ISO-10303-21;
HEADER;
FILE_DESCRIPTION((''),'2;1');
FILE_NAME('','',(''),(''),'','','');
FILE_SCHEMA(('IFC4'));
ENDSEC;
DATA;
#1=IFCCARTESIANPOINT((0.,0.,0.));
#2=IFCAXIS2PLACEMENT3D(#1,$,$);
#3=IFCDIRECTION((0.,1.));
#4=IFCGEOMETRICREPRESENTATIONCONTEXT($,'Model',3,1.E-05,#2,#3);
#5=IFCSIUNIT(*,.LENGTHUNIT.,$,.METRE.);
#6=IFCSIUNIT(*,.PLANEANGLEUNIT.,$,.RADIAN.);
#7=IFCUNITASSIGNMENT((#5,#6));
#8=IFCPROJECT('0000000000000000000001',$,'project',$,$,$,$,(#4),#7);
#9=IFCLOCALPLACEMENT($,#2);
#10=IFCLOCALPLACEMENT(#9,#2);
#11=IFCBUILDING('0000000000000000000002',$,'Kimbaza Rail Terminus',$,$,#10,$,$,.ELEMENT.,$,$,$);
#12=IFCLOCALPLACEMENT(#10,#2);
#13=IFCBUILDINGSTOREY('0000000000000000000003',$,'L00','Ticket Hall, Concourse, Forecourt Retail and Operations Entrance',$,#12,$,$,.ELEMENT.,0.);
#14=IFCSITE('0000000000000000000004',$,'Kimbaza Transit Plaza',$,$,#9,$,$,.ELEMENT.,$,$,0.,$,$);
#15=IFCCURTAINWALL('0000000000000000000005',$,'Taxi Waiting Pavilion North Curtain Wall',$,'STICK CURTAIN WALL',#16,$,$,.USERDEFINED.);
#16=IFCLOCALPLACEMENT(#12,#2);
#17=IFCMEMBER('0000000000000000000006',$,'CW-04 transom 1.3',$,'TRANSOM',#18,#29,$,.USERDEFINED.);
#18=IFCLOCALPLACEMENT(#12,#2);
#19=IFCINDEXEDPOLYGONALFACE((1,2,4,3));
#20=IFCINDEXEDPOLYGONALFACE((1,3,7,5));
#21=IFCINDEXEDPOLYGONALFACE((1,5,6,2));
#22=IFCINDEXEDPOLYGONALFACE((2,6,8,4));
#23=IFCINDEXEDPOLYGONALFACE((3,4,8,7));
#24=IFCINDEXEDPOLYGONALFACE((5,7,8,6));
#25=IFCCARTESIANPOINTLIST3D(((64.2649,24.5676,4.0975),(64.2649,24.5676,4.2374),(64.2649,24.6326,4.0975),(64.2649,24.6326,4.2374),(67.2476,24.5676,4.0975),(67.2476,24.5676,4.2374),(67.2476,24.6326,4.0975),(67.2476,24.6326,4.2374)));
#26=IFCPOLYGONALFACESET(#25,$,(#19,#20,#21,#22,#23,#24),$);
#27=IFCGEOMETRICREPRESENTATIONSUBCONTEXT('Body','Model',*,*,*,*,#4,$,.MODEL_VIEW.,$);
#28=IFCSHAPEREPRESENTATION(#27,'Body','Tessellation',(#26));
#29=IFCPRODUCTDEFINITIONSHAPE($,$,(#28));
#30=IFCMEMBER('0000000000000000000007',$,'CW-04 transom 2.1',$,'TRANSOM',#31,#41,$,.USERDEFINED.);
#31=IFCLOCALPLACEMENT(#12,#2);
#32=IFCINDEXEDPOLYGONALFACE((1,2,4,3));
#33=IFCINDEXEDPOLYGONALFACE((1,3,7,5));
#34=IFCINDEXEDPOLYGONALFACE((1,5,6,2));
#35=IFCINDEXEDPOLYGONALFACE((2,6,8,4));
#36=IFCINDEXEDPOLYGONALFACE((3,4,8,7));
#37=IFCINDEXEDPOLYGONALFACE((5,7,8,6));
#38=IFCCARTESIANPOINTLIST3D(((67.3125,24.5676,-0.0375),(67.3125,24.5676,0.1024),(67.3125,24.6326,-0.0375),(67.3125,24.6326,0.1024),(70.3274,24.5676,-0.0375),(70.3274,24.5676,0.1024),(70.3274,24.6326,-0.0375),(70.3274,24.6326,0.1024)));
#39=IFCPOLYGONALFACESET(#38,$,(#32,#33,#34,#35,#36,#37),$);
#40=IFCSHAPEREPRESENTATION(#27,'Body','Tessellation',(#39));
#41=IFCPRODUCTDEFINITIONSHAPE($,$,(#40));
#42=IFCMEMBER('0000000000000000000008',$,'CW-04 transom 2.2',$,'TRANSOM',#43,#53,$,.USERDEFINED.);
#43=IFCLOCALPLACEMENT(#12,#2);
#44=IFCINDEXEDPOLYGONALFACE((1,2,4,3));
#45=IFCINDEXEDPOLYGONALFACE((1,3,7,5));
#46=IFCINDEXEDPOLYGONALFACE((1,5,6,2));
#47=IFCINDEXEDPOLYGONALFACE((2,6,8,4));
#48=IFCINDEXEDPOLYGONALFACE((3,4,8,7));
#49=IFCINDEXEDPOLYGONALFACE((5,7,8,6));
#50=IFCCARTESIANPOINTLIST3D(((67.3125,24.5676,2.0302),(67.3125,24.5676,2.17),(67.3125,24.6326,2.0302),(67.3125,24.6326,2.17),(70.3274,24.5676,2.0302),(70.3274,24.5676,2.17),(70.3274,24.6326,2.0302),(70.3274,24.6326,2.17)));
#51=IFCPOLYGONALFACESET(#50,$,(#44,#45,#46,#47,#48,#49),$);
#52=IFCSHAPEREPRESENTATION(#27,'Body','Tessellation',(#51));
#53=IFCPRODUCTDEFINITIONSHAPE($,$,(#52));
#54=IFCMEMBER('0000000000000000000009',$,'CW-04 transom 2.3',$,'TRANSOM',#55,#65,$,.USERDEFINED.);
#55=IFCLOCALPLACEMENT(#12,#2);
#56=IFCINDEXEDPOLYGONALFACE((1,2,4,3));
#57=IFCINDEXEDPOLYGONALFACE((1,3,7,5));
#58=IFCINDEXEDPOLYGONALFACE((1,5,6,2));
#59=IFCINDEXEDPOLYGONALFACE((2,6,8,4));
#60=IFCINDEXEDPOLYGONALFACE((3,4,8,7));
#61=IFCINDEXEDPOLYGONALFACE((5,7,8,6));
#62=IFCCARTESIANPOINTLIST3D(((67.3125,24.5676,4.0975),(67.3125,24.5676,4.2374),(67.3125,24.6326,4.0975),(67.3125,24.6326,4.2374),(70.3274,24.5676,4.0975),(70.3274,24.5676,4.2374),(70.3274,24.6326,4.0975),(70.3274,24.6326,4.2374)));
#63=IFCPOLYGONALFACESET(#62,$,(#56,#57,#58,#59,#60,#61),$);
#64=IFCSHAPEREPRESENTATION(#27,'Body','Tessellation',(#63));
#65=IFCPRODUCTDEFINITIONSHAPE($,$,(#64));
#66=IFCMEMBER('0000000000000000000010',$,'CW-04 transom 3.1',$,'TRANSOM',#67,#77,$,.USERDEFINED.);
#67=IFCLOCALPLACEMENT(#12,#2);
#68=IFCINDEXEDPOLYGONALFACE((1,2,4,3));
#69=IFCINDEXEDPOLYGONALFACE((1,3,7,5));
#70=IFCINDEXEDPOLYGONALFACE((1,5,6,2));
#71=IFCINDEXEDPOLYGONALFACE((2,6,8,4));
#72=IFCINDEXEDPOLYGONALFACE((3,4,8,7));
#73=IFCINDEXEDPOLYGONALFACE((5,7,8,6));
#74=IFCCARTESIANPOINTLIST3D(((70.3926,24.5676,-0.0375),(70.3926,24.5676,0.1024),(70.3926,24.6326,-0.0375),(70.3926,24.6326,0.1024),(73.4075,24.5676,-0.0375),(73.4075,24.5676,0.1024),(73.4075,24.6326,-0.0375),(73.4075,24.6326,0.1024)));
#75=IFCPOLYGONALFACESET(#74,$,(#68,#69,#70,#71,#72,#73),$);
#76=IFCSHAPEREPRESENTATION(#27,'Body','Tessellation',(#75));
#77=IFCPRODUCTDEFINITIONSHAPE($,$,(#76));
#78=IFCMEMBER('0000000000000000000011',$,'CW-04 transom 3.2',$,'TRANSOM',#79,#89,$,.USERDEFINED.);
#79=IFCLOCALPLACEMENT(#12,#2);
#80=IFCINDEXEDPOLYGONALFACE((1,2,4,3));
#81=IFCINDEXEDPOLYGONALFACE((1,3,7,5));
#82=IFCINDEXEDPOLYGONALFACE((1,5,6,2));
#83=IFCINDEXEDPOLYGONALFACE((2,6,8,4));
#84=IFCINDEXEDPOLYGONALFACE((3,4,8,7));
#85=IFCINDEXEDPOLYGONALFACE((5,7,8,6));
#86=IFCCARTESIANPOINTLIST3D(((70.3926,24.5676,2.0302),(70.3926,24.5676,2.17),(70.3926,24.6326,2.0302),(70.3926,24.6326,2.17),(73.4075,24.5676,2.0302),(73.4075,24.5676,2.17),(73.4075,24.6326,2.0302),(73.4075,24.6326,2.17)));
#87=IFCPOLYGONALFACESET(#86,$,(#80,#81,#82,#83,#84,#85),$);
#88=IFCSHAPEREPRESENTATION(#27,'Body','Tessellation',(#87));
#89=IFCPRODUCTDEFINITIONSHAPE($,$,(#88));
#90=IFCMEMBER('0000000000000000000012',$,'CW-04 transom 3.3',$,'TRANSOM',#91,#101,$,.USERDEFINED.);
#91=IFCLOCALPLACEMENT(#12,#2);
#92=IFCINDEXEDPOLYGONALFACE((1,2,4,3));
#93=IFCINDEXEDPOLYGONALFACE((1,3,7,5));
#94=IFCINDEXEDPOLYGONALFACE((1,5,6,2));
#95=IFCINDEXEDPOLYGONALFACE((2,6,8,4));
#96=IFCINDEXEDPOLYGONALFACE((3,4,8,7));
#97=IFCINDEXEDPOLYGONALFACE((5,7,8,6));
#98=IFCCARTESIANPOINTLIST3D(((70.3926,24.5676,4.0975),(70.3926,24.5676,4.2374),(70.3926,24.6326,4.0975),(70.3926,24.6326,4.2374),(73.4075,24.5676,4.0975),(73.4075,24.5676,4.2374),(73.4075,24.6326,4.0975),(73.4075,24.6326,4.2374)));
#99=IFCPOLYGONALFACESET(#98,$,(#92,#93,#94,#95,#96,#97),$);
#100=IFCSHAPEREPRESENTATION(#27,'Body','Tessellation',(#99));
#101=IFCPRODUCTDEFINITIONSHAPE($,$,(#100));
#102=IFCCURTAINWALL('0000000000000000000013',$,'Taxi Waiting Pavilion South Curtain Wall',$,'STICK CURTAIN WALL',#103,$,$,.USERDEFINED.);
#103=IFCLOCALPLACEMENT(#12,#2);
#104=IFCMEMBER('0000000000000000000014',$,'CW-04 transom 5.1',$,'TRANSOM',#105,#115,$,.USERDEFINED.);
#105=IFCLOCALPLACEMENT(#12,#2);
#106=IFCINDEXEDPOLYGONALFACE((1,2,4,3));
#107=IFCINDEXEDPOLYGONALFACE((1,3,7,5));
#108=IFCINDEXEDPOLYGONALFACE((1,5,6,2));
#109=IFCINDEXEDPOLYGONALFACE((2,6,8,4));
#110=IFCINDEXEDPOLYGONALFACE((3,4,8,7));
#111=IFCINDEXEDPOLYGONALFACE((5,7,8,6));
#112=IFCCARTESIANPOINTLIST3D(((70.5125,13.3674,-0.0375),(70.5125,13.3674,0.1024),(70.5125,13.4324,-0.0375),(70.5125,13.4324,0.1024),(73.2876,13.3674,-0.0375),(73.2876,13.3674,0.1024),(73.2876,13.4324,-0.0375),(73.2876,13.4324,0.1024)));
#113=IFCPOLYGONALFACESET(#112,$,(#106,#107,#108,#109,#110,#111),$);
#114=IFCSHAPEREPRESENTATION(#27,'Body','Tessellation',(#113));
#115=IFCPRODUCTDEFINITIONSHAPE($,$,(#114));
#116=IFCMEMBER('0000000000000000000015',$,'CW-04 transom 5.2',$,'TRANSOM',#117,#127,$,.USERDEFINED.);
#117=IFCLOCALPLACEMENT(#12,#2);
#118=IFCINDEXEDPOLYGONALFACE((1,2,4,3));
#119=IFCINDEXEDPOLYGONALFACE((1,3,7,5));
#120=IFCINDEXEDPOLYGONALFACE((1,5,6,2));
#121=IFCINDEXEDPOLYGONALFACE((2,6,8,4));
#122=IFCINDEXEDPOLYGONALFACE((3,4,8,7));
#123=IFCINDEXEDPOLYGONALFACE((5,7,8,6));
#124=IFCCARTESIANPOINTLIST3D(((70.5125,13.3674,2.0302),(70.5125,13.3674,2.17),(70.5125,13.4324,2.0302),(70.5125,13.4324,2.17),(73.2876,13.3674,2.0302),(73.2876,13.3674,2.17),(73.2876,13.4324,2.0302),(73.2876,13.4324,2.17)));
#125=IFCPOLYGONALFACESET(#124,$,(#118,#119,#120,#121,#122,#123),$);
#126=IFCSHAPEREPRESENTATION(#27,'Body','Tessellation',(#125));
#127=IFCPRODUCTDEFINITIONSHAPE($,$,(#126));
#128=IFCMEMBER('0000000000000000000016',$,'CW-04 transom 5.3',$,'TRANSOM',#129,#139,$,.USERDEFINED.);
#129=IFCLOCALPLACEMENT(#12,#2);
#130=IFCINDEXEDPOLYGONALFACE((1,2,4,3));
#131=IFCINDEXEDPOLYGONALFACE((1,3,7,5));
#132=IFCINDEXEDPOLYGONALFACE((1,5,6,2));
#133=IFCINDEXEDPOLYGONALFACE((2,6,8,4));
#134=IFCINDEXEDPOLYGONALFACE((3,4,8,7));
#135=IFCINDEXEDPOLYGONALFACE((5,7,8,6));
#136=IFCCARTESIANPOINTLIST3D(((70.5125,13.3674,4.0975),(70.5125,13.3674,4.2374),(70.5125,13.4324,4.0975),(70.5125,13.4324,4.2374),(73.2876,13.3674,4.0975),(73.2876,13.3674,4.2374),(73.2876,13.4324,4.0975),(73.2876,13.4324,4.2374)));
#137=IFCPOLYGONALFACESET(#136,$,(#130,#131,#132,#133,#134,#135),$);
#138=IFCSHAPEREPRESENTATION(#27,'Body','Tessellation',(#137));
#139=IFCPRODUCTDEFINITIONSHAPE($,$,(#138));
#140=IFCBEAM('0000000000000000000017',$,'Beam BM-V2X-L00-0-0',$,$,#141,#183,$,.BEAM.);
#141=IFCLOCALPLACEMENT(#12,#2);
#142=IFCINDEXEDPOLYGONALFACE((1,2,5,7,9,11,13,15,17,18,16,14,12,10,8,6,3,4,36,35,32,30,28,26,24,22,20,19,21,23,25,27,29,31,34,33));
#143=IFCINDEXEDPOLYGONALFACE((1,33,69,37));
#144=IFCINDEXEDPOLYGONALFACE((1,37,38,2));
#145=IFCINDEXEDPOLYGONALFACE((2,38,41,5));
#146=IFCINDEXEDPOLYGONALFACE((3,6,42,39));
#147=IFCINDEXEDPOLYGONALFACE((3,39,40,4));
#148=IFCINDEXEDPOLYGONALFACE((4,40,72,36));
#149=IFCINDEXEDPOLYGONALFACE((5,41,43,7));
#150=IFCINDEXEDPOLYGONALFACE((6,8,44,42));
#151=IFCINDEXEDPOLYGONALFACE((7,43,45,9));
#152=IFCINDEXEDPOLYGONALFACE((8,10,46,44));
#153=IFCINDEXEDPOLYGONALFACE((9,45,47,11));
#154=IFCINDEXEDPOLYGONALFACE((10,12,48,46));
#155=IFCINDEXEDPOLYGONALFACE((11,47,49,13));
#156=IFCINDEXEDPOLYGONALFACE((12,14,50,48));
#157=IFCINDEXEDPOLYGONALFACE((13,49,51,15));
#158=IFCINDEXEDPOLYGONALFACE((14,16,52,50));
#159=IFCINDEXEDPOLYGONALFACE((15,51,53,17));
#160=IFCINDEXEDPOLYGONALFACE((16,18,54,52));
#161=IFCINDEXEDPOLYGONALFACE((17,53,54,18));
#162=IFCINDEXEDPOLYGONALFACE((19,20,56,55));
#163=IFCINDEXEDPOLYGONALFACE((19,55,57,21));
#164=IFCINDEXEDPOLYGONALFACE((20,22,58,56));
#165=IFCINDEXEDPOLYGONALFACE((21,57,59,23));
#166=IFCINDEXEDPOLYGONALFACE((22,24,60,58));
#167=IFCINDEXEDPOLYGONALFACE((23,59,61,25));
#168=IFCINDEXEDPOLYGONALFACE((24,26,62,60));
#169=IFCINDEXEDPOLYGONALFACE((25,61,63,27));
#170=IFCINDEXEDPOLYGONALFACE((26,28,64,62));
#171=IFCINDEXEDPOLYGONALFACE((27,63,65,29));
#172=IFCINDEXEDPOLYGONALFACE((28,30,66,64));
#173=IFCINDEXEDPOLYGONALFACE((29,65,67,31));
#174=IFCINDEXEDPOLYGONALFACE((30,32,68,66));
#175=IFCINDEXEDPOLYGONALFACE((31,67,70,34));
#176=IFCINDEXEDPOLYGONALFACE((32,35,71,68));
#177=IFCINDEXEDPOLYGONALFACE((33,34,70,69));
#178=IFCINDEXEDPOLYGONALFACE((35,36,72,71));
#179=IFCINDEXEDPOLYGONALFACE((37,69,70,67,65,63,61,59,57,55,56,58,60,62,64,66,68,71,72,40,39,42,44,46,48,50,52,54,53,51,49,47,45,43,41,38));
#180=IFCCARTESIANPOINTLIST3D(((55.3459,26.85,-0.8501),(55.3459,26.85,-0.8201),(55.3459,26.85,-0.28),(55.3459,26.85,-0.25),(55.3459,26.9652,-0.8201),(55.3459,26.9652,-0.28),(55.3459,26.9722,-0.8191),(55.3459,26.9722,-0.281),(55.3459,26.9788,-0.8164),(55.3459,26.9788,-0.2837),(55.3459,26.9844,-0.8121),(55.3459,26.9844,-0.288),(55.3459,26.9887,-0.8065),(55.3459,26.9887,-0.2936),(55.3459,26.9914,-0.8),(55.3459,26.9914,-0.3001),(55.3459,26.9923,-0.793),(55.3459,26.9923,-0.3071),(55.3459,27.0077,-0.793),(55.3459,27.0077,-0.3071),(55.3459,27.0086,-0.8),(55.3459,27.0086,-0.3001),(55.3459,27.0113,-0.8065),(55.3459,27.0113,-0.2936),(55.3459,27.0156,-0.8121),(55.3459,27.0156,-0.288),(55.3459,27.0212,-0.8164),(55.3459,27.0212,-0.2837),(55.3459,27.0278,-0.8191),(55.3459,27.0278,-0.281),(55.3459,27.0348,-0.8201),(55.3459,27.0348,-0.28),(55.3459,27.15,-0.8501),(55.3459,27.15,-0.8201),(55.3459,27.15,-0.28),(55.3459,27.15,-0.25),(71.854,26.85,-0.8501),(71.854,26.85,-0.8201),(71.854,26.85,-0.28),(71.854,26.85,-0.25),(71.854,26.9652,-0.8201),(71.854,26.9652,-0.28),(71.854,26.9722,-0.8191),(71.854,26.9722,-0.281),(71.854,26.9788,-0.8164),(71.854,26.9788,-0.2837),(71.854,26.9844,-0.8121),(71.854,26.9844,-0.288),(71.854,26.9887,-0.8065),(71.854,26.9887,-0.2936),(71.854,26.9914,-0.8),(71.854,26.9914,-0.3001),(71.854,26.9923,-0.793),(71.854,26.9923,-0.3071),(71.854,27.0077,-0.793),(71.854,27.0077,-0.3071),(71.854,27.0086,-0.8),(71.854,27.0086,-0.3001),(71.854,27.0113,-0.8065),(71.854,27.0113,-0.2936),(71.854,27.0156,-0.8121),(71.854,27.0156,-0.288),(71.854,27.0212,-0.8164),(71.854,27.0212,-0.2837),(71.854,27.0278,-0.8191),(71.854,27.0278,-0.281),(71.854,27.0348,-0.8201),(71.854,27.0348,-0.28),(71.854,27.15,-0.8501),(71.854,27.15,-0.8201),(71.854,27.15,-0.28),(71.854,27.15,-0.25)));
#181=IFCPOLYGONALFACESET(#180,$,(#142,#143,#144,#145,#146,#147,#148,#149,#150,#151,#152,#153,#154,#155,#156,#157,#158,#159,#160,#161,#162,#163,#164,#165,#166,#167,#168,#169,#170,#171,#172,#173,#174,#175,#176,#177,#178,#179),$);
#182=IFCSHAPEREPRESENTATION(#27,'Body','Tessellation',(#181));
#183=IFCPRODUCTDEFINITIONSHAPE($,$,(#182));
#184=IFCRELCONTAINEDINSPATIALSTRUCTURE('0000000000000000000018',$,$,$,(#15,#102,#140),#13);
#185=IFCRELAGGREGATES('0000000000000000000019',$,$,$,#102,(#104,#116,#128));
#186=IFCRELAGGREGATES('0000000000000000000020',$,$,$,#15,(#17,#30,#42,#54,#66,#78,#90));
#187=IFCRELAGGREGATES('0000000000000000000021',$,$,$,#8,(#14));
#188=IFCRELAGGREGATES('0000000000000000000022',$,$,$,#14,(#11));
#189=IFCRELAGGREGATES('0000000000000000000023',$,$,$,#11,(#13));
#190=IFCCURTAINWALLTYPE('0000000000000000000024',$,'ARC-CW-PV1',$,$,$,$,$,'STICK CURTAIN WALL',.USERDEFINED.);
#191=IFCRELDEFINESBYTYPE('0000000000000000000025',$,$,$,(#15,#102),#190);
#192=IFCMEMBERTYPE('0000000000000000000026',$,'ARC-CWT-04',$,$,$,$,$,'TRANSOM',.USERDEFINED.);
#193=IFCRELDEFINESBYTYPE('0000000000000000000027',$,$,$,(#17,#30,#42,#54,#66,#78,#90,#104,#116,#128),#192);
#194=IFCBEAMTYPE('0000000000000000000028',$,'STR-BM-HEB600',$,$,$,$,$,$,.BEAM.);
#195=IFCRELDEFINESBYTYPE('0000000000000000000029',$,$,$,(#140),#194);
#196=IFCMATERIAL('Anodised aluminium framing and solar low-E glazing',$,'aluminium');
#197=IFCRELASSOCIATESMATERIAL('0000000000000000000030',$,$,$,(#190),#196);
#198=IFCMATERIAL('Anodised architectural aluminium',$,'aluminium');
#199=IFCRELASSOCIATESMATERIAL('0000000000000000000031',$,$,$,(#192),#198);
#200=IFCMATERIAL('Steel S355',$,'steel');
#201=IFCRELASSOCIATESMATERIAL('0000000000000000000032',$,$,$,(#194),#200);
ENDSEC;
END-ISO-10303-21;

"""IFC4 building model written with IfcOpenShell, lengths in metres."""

from ifc_helpers import new_model, si_unit, direction, frame, origin, origin_2d, place, context, subcontext, project, spatial, rectangle, i_section, extrude, material, material_profile, profile_set, type_object, element, aggregate, save


model = new_model("IFC4")

# Units and contexts
model_context = context("Model", 3, precision=1e-05, world=origin(), true_north=direction((0.0, 1.0)))
body_context = subcontext(model_context, "Body", "Model", "MODEL_VIEW")
ifc_project = project(units=[si_unit("LENGTHUNIT", "METRE"), si_unit("PLANEANGLEUNIT", "RADIAN")], contexts=[model_context])

# Site, building, storey
site_placement = place(None, origin())
site = spatial("IfcSite", under=ifc_project, at=site_placement, Name="Kimbaza Transit Plaza", CompositionType="ELEMENT", RefElevation=0.0)
building_placement = place(site_placement, origin())
building = spatial("IfcBuilding", under=site, at=building_placement, Name="Kimbaza Rail Terminus", CompositionType="ELEMENT")
storey_placement = place(building_placement, origin())
storey = spatial("IfcBuildingStorey", under=building, at=storey_placement, Name="L00", Description="Ticket Hall, Concourse, Forecourt Retail and Operations Entrance", CompositionType="ELEMENT", Elevation=0.0)

# Curtain walls, members
ifc_material_1 = material(Name="Anodised aluminium framing and solar low-E glazing", Category="aluminium")
curtain_wall_type = type_object("IfcCurtainWallType", Name="ARC-CW-PV1", ElementType="STICK CURTAIN WALL", PredefinedType="USERDEFINED", material=ifc_material_1)
curtain_wall_1_placement = place(storey_placement, origin())
curtain_wall_1 = element("IfcCurtainWall", 1, at=curtain_wall_1_placement, inside=storey, type_object=curtain_wall_type, Name="Taxi Waiting Pavilion North Curtain Wall", ObjectType="STICK CURTAIN WALL", PredefinedType="USERDEFINED")
ifc_material_2 = material(Name="Anodised architectural aluminium", Category="aluminium")
ifc_material_profile_1 = material_profile(ifc_material_2, rectangle(XDim=0.0649, YDim=0.1399, at=origin_2d()), Name="TRANSOM 65x140")
ifc_profile_set_1 = profile_set([ifc_material_profile_1], Name="Anodised architectural aluminium")
member_type_1 = type_object("IfcMemberType", Name="ARC-CWT-04", ElementType="TRANSOM", PredefinedType="USERDEFINED", material=ifc_profile_set_1)
member_1_placement = place(storey_placement, frame((64.2649, 24.6001, 4.1675), z_axis=(1.0, 0.0, 0.0), x_axis=(0.0, 1.0, 0.0)))
member_1 = element("IfcMember", 2, at=member_1_placement, type_object=member_type_1, Name="CW-04 transom 1.3", ObjectType="TRANSOM", PredefinedType="USERDEFINED", context=body_context, shape_type="SweptSolid", body=[
    extrude(rectangle(XDim=0.0649, YDim=0.1399, at=origin_2d()), origin(), (0.0, 0.0, 1.0), 2.9827),
])
member_2_placement = place(storey_placement, frame((67.3125, 24.6001, 0.0325), z_axis=(1.0, 0.0, 0.0), x_axis=(0.0, 1.0, 0.0)))
member_2 = element("IfcMember", 3, at=member_2_placement, type_object=member_type_1, Name="CW-04 transom 2.1", ObjectType="TRANSOM", PredefinedType="USERDEFINED", context=body_context, shape_type="SweptSolid", body=[
    extrude(rectangle(XDim=0.0649, YDim=0.1399, at=origin_2d()), origin(), (0.0, 0.0, 1.0), 3.0149),
])
member_3_placement = place(storey_placement, frame((67.3125, 24.6001, 2.1001), z_axis=(1.0, 0.0, 0.0), x_axis=(0.0, 1.0, 0.0)))
member_3 = element("IfcMember", 4, at=member_3_placement, type_object=member_type_1, Name="CW-04 transom 2.2", ObjectType="TRANSOM", PredefinedType="USERDEFINED", context=body_context, shape_type="SweptSolid", body=[
    extrude(rectangle(XDim=0.0649, YDim=0.1399, at=origin_2d()), origin(), (0.0, 0.0, 1.0), 3.0149),
])
member_4_placement = place(storey_placement, frame((67.3125, 24.6001, 4.1675), z_axis=(1.0, 0.0, 0.0), x_axis=(0.0, 1.0, 0.0)))
member_4 = element("IfcMember", 5, at=member_4_placement, type_object=member_type_1, Name="CW-04 transom 2.3", ObjectType="TRANSOM", PredefinedType="USERDEFINED", context=body_context, shape_type="SweptSolid", body=[
    extrude(rectangle(XDim=0.0649, YDim=0.1399, at=origin_2d()), origin(), (0.0, 0.0, 1.0), 3.0149),
])
member_5_placement = place(storey_placement, frame((70.3926, 24.6001, 0.0325), z_axis=(1.0, 0.0, 0.0), x_axis=(0.0, 1.0, 0.0)))
member_5 = element("IfcMember", 6, at=member_5_placement, type_object=member_type_1, Name="CW-04 transom 3.1", ObjectType="TRANSOM", PredefinedType="USERDEFINED", context=body_context, shape_type="SweptSolid", body=[
    extrude(rectangle(XDim=0.0649, YDim=0.1399, at=origin_2d()), origin(), (0.0, 0.0, 1.0), 3.0149),
])
member_6_placement = place(storey_placement, frame((70.3926, 24.6001, 2.1001), z_axis=(1.0, 0.0, 0.0), x_axis=(0.0, 1.0, 0.0)))
member_6 = element("IfcMember", 7, at=member_6_placement, type_object=member_type_1, Name="CW-04 transom 3.2", ObjectType="TRANSOM", PredefinedType="USERDEFINED", context=body_context, shape_type="SweptSolid", body=[
    extrude(rectangle(XDim=0.0649, YDim=0.1399, at=origin_2d()), origin(), (0.0, 0.0, 1.0), 3.0149),
])
member_7_placement = place(storey_placement, frame((70.3926, 24.6001, 4.1675), z_axis=(1.0, 0.0, 0.0), x_axis=(0.0, 1.0, 0.0)))
member_7 = element("IfcMember", 8, at=member_7_placement, type_object=member_type_1, Name="CW-04 transom 3.3", ObjectType="TRANSOM", PredefinedType="USERDEFINED", context=body_context, shape_type="SweptSolid", body=[
    extrude(rectangle(XDim=0.0649, YDim=0.1399, at=origin_2d()), origin(), (0.0, 0.0, 1.0), 3.0149),
])
curtain_wall_2_placement = place(storey_placement, origin())
curtain_wall_2 = element("IfcCurtainWall", 9, at=curtain_wall_2_placement, inside=storey, type_object=curtain_wall_type, Name="Taxi Waiting Pavilion South Curtain Wall", ObjectType="STICK CURTAIN WALL", PredefinedType="USERDEFINED")
member_8_placement = place(storey_placement, frame((70.5125, 13.3999, 0.0325), z_axis=(1.0, 0.0, 0.0), x_axis=(0.0, 1.0, 0.0)))
member_8 = element("IfcMember", 10, at=member_8_placement, type_object=member_type_1, Name="CW-04 transom 5.1", ObjectType="TRANSOM", PredefinedType="USERDEFINED", context=body_context, shape_type="SweptSolid", body=[
    extrude(rectangle(XDim=0.0649, YDim=0.1399, at=origin_2d()), origin(), (0.0, 0.0, 1.0), 2.7751),
])
member_9_placement = place(storey_placement, frame((70.5125, 13.3999, 2.1001), z_axis=(1.0, 0.0, 0.0), x_axis=(0.0, 1.0, 0.0)))
member_9 = element("IfcMember", 11, at=member_9_placement, type_object=member_type_1, Name="CW-04 transom 5.2", ObjectType="TRANSOM", PredefinedType="USERDEFINED", context=body_context, shape_type="SweptSolid", body=[
    extrude(rectangle(XDim=0.0649, YDim=0.1399, at=origin_2d()), origin(), (0.0, 0.0, 1.0), 2.7751),
])
member_10_placement = place(storey_placement, frame((70.5125, 13.3999, 4.1675), z_axis=(1.0, 0.0, 0.0), x_axis=(0.0, 1.0, 0.0)))
member_10 = element("IfcMember", 12, at=member_10_placement, type_object=member_type_1, Name="CW-04 transom 5.3", ObjectType="TRANSOM", PredefinedType="USERDEFINED", context=body_context, shape_type="SweptSolid", body=[
    extrude(rectangle(XDim=0.0649, YDim=0.1399, at=origin_2d()), origin(), (0.0, 0.0, 1.0), 2.7751),
])
aggregate(curtain_wall_2, [member_8, member_9, member_10])

# Beam
ifc_material_3 = material(Name="Steel S355", Category="steel")
ifc_material_profile_2 = material_profile(ifc_material_3, i_section(OverallWidth=0.3, OverallDepth=0.6001, WebThickness=0.0154, FlangeThickness=0.03, FilletRadius=0.0271, at=origin_2d()), Name="HEB 600")
ifc_profile_set_2 = profile_set([ifc_material_profile_2], Name="Steel S355")
beam_type_1 = type_object("IfcBeamType", Name="STR-BM-HEB600", PredefinedType="BEAM", material=ifc_profile_set_2)
for number, where, z_axis, x_axis, name in (
    (13, (55.3459, 27.0, -0.55), (1.0, 0.0, 0.0), (0.0, 1.0, 0.0), "Beam BM-V2X-L00-0-0"),
):
    element("IfcBeam", number, at=place(storey_placement, frame(where, z_axis=z_axis, x_axis=x_axis)), inside=storey, type_object=beam_type_1, Name=name, PredefinedType="BEAM", context=body_context, shape_type="SweptSolid", body=[
        extrude(i_section(OverallWidth=0.3, OverallDepth=0.6001, WebThickness=0.0154, FlangeThickness=0.03, FilletRadius=0.0271, at=origin_2d()), origin(), (0.0, 0.0, 1.0), 16.5081),
    ])

aggregate(curtain_wall_1, [member_1, member_2, member_3, member_4, member_5, member_6, member_7])

save(model, "model.ifc")
